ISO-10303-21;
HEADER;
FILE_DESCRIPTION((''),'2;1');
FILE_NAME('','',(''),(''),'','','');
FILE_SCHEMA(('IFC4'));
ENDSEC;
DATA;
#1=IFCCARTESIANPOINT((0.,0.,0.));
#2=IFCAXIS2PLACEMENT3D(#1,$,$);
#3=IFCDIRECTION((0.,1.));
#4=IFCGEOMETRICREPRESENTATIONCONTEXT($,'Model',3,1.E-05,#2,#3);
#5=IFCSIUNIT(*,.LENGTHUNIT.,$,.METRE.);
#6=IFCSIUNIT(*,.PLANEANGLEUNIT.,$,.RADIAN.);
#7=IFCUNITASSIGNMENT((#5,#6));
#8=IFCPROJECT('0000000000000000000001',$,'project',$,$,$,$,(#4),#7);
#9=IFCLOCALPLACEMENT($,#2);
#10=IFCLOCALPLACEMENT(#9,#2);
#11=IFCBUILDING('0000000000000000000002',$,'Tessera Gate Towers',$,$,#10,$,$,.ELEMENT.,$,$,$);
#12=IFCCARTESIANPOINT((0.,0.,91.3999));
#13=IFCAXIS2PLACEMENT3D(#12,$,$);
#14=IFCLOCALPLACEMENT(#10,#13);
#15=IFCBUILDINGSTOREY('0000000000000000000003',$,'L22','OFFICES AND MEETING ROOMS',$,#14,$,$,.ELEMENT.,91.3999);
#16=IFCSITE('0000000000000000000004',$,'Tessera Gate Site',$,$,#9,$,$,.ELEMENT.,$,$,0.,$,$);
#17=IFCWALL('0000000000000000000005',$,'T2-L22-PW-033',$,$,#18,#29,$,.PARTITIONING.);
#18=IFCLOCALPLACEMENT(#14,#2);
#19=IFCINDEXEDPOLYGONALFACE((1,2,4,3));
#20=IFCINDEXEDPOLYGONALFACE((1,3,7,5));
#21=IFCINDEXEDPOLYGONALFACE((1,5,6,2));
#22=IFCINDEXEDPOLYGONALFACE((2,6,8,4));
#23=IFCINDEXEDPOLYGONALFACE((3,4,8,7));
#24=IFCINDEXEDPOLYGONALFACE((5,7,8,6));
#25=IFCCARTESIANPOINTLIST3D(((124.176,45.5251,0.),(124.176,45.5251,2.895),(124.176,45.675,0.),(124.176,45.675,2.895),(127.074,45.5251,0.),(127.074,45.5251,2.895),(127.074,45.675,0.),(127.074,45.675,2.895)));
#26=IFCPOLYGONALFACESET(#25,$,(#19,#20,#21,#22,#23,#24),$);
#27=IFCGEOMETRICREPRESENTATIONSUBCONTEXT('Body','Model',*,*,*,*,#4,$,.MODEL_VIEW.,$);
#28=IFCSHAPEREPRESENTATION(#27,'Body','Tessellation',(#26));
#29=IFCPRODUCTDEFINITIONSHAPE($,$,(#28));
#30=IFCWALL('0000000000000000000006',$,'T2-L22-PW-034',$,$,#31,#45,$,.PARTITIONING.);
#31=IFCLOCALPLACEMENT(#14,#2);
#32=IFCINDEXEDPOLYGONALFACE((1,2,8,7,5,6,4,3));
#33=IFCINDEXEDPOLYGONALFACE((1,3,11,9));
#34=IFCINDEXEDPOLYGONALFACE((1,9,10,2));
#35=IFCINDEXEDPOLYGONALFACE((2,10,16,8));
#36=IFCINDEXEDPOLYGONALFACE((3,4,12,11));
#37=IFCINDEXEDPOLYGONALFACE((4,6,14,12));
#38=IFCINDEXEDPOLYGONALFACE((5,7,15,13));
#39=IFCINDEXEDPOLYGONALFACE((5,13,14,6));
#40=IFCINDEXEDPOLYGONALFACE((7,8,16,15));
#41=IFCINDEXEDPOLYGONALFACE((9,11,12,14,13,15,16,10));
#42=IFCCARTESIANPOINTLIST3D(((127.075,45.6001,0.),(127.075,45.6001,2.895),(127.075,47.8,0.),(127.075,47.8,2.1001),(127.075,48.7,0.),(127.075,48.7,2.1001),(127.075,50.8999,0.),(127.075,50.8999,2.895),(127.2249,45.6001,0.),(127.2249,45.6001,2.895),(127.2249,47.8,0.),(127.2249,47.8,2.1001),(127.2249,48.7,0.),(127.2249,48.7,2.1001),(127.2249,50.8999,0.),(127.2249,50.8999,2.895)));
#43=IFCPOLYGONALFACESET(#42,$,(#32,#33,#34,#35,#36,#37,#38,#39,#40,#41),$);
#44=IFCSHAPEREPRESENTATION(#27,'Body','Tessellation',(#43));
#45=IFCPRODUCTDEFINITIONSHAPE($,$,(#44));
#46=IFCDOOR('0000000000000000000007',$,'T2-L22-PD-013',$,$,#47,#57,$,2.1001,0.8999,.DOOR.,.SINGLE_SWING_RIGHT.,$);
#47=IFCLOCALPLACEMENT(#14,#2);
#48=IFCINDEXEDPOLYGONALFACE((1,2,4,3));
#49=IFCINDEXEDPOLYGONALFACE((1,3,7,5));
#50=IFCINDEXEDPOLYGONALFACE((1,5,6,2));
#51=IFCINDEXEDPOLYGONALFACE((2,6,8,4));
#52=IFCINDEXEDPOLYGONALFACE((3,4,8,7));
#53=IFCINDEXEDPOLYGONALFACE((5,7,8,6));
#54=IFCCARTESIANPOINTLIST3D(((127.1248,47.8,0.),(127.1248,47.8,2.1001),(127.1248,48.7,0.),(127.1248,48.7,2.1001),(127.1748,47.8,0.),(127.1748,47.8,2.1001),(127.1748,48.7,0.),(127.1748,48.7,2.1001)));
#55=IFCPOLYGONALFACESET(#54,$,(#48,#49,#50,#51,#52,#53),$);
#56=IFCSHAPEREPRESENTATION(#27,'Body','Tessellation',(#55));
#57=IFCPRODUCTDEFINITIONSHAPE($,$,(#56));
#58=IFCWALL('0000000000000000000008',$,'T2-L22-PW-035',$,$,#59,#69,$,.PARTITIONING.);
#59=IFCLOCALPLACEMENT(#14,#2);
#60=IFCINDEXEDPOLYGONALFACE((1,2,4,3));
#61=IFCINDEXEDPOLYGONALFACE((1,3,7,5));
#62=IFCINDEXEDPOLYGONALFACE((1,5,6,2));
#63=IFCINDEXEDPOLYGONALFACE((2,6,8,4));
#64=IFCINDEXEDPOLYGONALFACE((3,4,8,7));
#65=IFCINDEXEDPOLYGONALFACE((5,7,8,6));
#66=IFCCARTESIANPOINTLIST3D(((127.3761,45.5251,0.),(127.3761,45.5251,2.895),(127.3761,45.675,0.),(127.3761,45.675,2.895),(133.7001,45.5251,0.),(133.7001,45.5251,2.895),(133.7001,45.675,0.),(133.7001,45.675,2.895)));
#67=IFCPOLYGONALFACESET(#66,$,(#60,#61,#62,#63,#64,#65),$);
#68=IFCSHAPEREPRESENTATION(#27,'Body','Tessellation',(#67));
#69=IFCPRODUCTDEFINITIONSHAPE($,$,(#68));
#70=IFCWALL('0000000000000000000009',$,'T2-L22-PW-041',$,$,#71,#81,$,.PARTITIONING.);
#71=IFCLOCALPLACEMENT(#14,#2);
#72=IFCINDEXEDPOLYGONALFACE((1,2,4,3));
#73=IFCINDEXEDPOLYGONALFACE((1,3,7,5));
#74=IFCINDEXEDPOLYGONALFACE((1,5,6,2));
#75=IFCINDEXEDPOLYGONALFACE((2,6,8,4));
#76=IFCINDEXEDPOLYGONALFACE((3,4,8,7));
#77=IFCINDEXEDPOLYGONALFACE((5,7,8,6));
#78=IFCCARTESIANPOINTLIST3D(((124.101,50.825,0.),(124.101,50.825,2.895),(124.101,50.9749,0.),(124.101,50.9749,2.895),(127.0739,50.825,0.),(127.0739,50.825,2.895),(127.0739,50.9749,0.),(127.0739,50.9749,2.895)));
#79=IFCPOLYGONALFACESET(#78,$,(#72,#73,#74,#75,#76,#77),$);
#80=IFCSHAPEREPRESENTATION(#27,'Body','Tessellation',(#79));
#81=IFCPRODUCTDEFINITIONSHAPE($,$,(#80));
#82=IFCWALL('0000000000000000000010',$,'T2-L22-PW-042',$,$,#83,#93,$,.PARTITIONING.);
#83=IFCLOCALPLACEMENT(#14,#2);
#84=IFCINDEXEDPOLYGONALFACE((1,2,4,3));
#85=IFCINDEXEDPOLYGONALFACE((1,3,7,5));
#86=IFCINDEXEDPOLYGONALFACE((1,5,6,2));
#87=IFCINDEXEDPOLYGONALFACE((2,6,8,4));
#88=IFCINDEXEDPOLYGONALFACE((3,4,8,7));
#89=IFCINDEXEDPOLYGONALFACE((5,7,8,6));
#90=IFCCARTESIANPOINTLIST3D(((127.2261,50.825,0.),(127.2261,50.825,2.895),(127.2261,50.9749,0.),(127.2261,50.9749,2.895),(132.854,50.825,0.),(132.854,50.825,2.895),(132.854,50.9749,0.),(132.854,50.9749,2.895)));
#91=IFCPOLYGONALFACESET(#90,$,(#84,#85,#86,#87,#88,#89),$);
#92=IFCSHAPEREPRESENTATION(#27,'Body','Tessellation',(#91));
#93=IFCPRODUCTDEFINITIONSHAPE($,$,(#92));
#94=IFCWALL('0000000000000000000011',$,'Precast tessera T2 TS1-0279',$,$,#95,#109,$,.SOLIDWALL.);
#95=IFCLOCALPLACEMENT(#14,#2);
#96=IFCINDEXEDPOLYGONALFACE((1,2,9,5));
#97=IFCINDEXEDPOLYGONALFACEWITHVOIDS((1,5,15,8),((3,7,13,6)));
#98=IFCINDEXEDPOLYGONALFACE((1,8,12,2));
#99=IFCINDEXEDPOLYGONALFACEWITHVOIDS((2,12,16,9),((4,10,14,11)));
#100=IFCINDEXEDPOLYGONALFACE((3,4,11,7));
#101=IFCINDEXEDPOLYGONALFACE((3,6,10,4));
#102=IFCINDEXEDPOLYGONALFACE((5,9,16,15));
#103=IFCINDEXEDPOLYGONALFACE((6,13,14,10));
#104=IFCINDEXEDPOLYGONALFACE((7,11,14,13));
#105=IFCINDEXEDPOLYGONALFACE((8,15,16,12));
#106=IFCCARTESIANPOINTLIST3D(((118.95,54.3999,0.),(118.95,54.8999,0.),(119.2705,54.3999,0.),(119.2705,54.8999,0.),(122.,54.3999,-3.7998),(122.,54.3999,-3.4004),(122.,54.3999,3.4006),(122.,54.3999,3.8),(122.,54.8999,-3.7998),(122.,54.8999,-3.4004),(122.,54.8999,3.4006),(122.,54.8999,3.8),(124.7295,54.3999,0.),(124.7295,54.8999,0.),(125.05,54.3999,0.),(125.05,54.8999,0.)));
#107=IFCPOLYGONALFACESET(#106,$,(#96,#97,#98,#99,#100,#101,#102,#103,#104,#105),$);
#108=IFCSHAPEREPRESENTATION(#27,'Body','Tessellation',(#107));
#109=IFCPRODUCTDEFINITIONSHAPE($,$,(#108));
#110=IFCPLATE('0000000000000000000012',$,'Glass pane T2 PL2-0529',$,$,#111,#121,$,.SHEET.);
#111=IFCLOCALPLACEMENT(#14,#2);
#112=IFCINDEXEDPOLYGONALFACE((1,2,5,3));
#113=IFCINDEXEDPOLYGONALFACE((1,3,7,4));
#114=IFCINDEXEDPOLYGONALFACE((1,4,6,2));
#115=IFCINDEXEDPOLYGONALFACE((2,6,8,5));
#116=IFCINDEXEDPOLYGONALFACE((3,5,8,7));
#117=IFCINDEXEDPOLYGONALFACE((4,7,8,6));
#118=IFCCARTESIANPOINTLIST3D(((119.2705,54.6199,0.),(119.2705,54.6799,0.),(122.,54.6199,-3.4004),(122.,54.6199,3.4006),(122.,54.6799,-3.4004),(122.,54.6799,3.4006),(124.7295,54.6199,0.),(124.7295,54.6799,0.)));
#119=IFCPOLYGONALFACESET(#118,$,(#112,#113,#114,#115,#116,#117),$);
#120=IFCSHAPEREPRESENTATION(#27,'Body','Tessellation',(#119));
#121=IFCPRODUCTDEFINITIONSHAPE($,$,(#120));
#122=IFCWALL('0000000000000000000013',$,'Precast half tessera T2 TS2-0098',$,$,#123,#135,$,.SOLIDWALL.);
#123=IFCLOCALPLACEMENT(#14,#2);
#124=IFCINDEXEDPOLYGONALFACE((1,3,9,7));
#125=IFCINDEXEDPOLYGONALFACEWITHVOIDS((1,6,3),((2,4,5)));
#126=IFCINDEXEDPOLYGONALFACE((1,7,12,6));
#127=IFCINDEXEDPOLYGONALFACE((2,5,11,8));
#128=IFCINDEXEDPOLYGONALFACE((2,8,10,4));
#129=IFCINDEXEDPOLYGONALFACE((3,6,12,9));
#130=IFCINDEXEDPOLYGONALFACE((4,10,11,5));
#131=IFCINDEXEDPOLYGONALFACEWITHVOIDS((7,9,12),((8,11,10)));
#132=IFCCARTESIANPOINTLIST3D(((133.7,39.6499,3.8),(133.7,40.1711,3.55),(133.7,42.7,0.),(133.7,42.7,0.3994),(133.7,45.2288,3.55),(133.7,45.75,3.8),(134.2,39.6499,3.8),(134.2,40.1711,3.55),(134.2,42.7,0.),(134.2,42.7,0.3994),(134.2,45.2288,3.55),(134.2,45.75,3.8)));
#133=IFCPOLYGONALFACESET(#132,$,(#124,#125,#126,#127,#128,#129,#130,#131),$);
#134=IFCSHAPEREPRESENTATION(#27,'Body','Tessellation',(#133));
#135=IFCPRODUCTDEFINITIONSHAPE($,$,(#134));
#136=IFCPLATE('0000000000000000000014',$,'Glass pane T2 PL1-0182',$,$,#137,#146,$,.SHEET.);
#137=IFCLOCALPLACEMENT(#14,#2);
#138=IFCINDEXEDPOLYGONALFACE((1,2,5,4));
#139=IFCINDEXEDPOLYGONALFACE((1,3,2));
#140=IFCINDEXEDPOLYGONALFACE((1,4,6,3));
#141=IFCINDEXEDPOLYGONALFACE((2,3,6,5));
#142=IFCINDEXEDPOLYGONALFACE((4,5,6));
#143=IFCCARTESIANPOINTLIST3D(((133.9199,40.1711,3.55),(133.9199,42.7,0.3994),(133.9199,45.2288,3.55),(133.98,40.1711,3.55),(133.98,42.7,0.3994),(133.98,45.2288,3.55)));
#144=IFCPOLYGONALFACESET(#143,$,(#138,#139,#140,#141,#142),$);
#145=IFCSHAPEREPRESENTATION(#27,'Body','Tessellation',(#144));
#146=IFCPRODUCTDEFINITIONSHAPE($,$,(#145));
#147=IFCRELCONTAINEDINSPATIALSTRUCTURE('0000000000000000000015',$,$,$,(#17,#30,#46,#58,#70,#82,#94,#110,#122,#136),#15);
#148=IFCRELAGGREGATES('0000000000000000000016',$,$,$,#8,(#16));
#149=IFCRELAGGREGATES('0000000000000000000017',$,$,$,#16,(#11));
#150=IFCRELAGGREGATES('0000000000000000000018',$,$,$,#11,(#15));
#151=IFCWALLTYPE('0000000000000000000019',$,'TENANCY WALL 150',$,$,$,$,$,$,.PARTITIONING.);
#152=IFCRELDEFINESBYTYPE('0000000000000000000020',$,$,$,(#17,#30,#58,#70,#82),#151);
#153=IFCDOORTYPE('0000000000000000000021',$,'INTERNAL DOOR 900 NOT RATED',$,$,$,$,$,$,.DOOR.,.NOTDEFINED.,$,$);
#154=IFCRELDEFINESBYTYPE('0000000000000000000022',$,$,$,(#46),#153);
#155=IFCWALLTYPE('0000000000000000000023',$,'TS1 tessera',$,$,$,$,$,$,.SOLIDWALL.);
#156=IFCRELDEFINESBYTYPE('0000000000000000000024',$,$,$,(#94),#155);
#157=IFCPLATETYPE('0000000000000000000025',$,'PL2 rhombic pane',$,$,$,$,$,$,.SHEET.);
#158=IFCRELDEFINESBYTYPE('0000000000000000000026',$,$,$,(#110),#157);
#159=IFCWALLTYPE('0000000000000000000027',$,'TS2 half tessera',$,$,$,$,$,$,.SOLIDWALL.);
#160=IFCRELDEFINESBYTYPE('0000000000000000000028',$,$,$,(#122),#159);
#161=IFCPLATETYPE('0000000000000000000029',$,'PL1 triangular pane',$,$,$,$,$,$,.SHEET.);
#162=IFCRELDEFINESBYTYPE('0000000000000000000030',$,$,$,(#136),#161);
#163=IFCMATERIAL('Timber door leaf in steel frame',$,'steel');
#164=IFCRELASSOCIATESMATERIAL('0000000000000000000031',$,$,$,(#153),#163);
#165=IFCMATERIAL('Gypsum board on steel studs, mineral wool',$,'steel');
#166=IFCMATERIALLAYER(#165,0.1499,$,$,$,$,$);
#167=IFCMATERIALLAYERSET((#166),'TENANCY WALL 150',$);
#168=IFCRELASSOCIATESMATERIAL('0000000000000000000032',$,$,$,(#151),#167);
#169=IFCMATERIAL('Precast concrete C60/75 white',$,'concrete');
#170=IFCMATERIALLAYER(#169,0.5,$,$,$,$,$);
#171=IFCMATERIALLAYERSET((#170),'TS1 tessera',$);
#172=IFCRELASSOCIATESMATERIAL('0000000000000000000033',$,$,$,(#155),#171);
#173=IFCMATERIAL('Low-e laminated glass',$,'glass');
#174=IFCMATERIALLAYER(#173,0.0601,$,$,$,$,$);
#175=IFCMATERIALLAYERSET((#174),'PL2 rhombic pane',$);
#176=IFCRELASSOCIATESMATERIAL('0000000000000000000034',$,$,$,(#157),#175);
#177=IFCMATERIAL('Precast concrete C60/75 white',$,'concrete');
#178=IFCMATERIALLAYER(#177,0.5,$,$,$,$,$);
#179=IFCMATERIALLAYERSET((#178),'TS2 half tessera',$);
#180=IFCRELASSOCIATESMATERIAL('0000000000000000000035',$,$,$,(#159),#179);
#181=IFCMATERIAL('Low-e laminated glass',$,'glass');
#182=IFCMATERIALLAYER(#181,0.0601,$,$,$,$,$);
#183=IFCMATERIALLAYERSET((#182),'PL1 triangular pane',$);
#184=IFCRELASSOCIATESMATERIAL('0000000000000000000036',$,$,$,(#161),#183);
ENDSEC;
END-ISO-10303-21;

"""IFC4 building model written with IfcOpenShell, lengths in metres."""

from ifc_helpers import new_model, si_unit, direction, frame, frame_2d, origin, place, context, subcontext, project, spatial, polyline, rectangle, outline, extrude, source, transform, mapped, material, layer, layer_set, type_object, element, fill, save


model = new_model("IFC4")

# Units and contexts
model_context = context("Model", 3, precision=1e-05, world=origin(), true_north=direction((0.0, 1.0)))
body_context = subcontext(model_context, "Body", "Model", "MODEL_VIEW")
ifc_project = project(units=[si_unit("LENGTHUNIT", "METRE"), si_unit("PLANEANGLEUNIT", "RADIAN")], contexts=[model_context])

# Site, building, storey
site_placement = place(None, origin())
site = spatial("IfcSite", under=ifc_project, at=site_placement, Name="Tessera Gate Site", CompositionType="ELEMENT", RefElevation=0.0)
building_placement = place(site_placement, origin())
building = spatial("IfcBuilding", under=site, at=building_placement, Name="Tessera Gate Towers", CompositionType="ELEMENT")
storey_placement = place(building_placement, frame((0.0, 0.0, 91.3999)))
storey = spatial("IfcBuildingStorey", under=building, at=storey_placement, Name="L22", Description="OFFICES AND MEETING ROOMS", CompositionType="ELEMENT", Elevation=91.3999)

# Shared definitions
ifc_material_1 = material(Name="Timber door leaf in steel frame", Category="steel")
door_type = type_object("IfcDoorType", Name="INTERNAL DOOR 900 NOT RATED", OperationType="NOTDEFINED", PredefinedType="DOOR", material=ifc_material_1)
shared_shape_1 = source(origin(), body_context, "Body", "SweptSolid", [
    extrude(rectangle(XDim=0.8999, YDim=2.1001, at=frame_2d((0.45, 1.05))), frame((0.0, 0.0249, 0.0), z_axis=(0.0, -1.0, 0.0), x_axis=(1.0, 0.0, 0.0)), (0.0, 0.0, 1.0), 0.05),
])

# Shared definitions
ifc_material_2 = material(Name="Gypsum board on steel studs, mineral wool", Category="steel")
ifc_layer_1 = layer(ifc_material_2, 0.1499)
ifc_layer_set_1 = layer_set([ifc_layer_1], Name="TENANCY WALL 150")
wall_type_1 = type_object("IfcWallType", Name="TENANCY WALL 150", PredefinedType="PARTITIONING", material=ifc_layer_set_1)
shared_shape_2 = source(origin(), body_context, "Body", "SweptSolid", [
    extrude(rectangle(XDim=0.8999, YDim=2.1001, at=frame_2d((0.45, 1.05))), frame((0.0, 0.085, 0.0), z_axis=(0.0, -1.0, 0.0), x_axis=(1.0, 0.0, 0.0)), (0.0, 0.0, 1.0), 0.1699),
])

# Wall
wall_1_placement = place(storey_placement, frame((124.176, 45.6001, 0.0), z_axis=(0.0, 0.0, 1.0), x_axis=(1.0, 0.0, 0.0)))
element("IfcWall", 1, at=wall_1_placement, inside=storey, type_object=wall_type_1, Name="T2-L22-PW-033", PredefinedType="PARTITIONING", context=body_context, shape_type="SweptSolid", body=[
    extrude(rectangle(XDim=2.8979, YDim=0.1499, at=frame_2d((1.449, 0.0))), origin(), (0.0, 0.0, 1.0), 2.895),
])

# Wall, opening, door
wall_2_placement = place(storey_placement, frame((127.1499, 50.8999, 0.0), z_axis=(0.0, 0.0, 1.0), x_axis=(0.0, -1.0, 0.0)))
wall_2 = element("IfcWall", 2, at=wall_2_placement, inside=storey, type_object=wall_type_1, Name="T2-L22-PW-034", PredefinedType="PARTITIONING", context=body_context, shape_type="SweptSolid", body=[
    extrude(rectangle(XDim=5.2998, YDim=0.1499, at=frame_2d((2.6499, 0.0))), origin(), (0.0, 0.0, 1.0), 2.895),
])
opening_1_placement = place(wall_2_placement, frame((2.2, 0.0, 0.0)))
opening_1 = element("IfcOpeningElement", 3, at=opening_1_placement, cuts=wall_2, PredefinedType="OPENING", context=body_context, shape_type="MappedRepresentation", body=[
    mapped(shared_shape_2, transform((0.0, 0.0, 0.0), scale=1.0)),
])
door_1_placement = place(opening_1_placement, origin())
door_1 = element("IfcDoor", 4, at=door_1_placement, inside=storey, type_object=door_type, Name="T2-L22-PD-013", OperationType="SINGLE_SWING_RIGHT", OverallHeight=2.1001, OverallWidth=0.8999, PredefinedType="DOOR", context=body_context, shape_type="MappedRepresentation", body=[
    mapped(shared_shape_1, transform((0.0, 0.0, 0.0), scale=1.0)),
])
fill(opening_1, door_1)

# Walls
wall_3_placement = place(storey_placement, frame((127.376, 45.6001, 0.0), z_axis=(0.0, 0.0, 1.0), x_axis=(1.0, 0.0, 0.0)))
element("IfcWall", 5, at=wall_3_placement, inside=storey, type_object=wall_type_1, Name="T2-L22-PW-035", PredefinedType="PARTITIONING", context=body_context, shape_type="SweptSolid", body=[
    extrude(rectangle(XDim=6.324, YDim=0.1499, at=frame_2d((3.1621, 0.0))), origin(), (0.0, 0.0, 1.0), 2.895),
])
wall_4_placement = place(storey_placement, frame((124.1011, 50.8999, 0.0), z_axis=(0.0, 0.0, 1.0), x_axis=(1.0, 0.0, 0.0)))
element("IfcWall", 6, at=wall_4_placement, inside=storey, type_object=wall_type_1, Name="T2-L22-PW-041", PredefinedType="PARTITIONING", context=body_context, shape_type="SweptSolid", body=[
    extrude(rectangle(XDim=2.9729, YDim=0.1499, at=frame_2d((1.4863, 0.0))), origin(), (0.0, 0.0, 1.0), 2.895),
])
wall_5_placement = place(storey_placement, frame((127.2261, 50.8999, 0.0), z_axis=(0.0, 0.0, 1.0), x_axis=(1.0, 0.0, 0.0)))
element("IfcWall", 7, at=wall_5_placement, inside=storey, type_object=wall_type_1, Name="T2-L22-PW-042", PredefinedType="PARTITIONING", context=body_context, shape_type="SweptSolid", body=[
    extrude(rectangle(XDim=5.6279, YDim=0.1499, at=frame_2d((2.814, 0.0))), origin(), (0.0, 0.0, 1.0), 2.895),
])

# Walls, openings, plates
ifc_material_3 = material(Name="Precast concrete C60/75 white", Category="concrete")
ifc_layer_2 = layer(ifc_material_3, 0.5)
ifc_layer_set_2 = layer_set([ifc_layer_2], Name="TS1 tessera")
wall_type_2 = type_object("IfcWallType", Name="TS1 tessera", PredefinedType="SOLIDWALL", material=ifc_layer_set_2)
shared_shape_3 = source(origin(), body_context, "Body", "SweptSolid", [
    extrude(outline(polyline([(3.05, 0.0), (6.1001, 3.7998), (3.05, 7.5999), (0.0, 3.7998), (3.05, 0.0)])), frame((0.0, 0.25, 0.0), z_axis=(0.0, -1.0, 0.0), x_axis=(1.0, 0.0, 0.0)), (0.0, 0.0, 1.0), 0.5),
])
wall_6_placement = place(storey_placement, frame((125.05, 54.6499, -3.7998), z_axis=(0.0, 0.0, 1.0), x_axis=(-1.0, 0.0, 0.0)))
wall_6 = element("IfcWall", 8, at=wall_6_placement, inside=storey, type_object=wall_type_2, Name="Precast tessera T2 TS1-0279", PredefinedType="SOLIDWALL", context=body_context, shape_type="MappedRepresentation", body=[
    mapped(shared_shape_3, transform((0.0, 0.0, 0.0), scale=1.0)),
])
shared_shape_4 = source(origin(), body_context, "Body", "SweptSolid", [
    extrude(outline(polyline([(3.05, 0.3994), (5.7795, 3.7998), (3.05, 7.2004), (0.3206, 3.7998), (3.05, 0.3994)])), frame((0.0, 0.26, 0.0), z_axis=(0.0, -1.0, 0.0), x_axis=(1.0, 0.0, 0.0)), (0.0, 0.0, 1.0), 0.52),
])
opening_2_placement = place(wall_6_placement, origin())
opening_2 = element("IfcOpeningElement", 9, at=opening_2_placement, cuts=wall_6, PredefinedType="OPENING", context=body_context, shape_type="MappedRepresentation", body=[
    mapped(shared_shape_4, transform((0.0, 0.0, 0.0), scale=1.0)),
])
ifc_material_4 = material(Name="Low-e laminated glass", Category="glass")
ifc_layer_3 = layer(ifc_material_4, 0.0601)
ifc_layer_set_3 = layer_set([ifc_layer_3], Name="PL2 rhombic pane")
plate_type_1 = type_object("IfcPlateType", Name="PL2 rhombic pane", PredefinedType="SHEET", material=ifc_layer_set_3)
shared_shape_5 = source(origin(), body_context, "Body", "SweptSolid", [
    extrude(outline(polyline([(3.05, 0.3994), (5.7795, 3.7998), (3.05, 7.2004), (0.3206, 3.7998), (3.05, 0.3994)])), frame((0.0, 0.03, 0.0), z_axis=(0.0, -1.0, 0.0), x_axis=(1.0, 0.0, 0.0)), (0.0, 0.0, 1.0), 0.0601),
])
plate_1_placement = place(opening_2_placement, origin())
plate_1 = element("IfcPlate", 10, at=plate_1_placement, inside=storey, type_object=plate_type_1, Name="Glass pane T2 PL2-0529", PredefinedType="SHEET", context=body_context, shape_type="MappedRepresentation", body=[
    mapped(shared_shape_5, transform((0.0, 0.0, 0.0), scale=1.0)),
])
fill(opening_2, plate_1)
ifc_material_5 = material(Name="Precast concrete C60/75 white", Category="concrete")
ifc_layer_4 = layer(ifc_material_5, 0.5)
ifc_layer_set_4 = layer_set([ifc_layer_4], Name="TS2 half tessera")
wall_type_3 = type_object("IfcWallType", Name="TS2 half tessera", PredefinedType="SOLIDWALL", material=ifc_layer_set_4)
shared_shape_6 = source(origin(), body_context, "Body", "SweptSolid", [
    extrude(outline(polyline([(3.05, 0.0), (6.1001, 3.8), (0.0, 3.8), (3.05, 0.0)])), frame((0.0, 0.25, 0.0), z_axis=(0.0, -1.0, 0.0), x_axis=(1.0, 0.0, 0.0)), (0.0, 0.0, 1.0), 0.5),
])
wall_7_placement = place(storey_placement, frame((133.95, 39.6499, 0.0), z_axis=(0.0, 0.0, 1.0), x_axis=(0.0, 1.0, 0.0)))
wall_7 = element("IfcWall", 11, at=wall_7_placement, inside=storey, type_object=wall_type_3, Name="Precast half tessera T2 TS2-0098", PredefinedType="SOLIDWALL", context=body_context, shape_type="MappedRepresentation", body=[
    mapped(shared_shape_6, transform((0.0, 0.0, 0.0), scale=1.0)),
])
shared_shape_7 = source(origin(), body_context, "Body", "SweptSolid", [
    extrude(outline(polyline([(3.05, 0.3994), (5.5789, 3.55), (0.5212, 3.55), (3.05, 0.3994)])), frame((0.0, 0.26, 0.0), z_axis=(0.0, -1.0, 0.0), x_axis=(1.0, 0.0, 0.0)), (0.0, 0.0, 1.0), 0.52),
])
opening_3_placement = place(wall_7_placement, origin())
opening_3 = element("IfcOpeningElement", 12, at=opening_3_placement, cuts=wall_7, PredefinedType="OPENING", context=body_context, shape_type="MappedRepresentation", body=[
    mapped(shared_shape_7, transform((0.0, 0.0, 0.0), scale=1.0)),
])
ifc_material_6 = material(Name="Low-e laminated glass", Category="glass")
ifc_layer_5 = layer(ifc_material_6, 0.0601)
ifc_layer_set_5 = layer_set([ifc_layer_5], Name="PL1 triangular pane")
plate_type_2 = type_object("IfcPlateType", Name="PL1 triangular pane", PredefinedType="SHEET", material=ifc_layer_set_5)
shared_shape_8 = source(origin(), body_context, "Body", "SweptSolid", [
    extrude(outline(polyline([(3.05, 0.3994), (5.5789, 3.55), (0.5212, 3.55), (3.05, 0.3994)])), frame((0.0, 0.03, 0.0), z_axis=(0.0, -1.0, 0.0), x_axis=(1.0, 0.0, 0.0)), (0.0, 0.0, 1.0), 0.0601),
])
plate_2_placement = place(opening_3_placement, origin())
plate_2 = element("IfcPlate", 13, at=plate_2_placement, inside=storey, type_object=plate_type_2, Name="Glass pane T2 PL1-0182", PredefinedType="SHEET", context=body_context, shape_type="MappedRepresentation", body=[
    mapped(shared_shape_8, transform((0.0, 0.0, 0.0), scale=1.0)),
])
fill(opening_3, plate_2)

save(model, "model.ifc")
